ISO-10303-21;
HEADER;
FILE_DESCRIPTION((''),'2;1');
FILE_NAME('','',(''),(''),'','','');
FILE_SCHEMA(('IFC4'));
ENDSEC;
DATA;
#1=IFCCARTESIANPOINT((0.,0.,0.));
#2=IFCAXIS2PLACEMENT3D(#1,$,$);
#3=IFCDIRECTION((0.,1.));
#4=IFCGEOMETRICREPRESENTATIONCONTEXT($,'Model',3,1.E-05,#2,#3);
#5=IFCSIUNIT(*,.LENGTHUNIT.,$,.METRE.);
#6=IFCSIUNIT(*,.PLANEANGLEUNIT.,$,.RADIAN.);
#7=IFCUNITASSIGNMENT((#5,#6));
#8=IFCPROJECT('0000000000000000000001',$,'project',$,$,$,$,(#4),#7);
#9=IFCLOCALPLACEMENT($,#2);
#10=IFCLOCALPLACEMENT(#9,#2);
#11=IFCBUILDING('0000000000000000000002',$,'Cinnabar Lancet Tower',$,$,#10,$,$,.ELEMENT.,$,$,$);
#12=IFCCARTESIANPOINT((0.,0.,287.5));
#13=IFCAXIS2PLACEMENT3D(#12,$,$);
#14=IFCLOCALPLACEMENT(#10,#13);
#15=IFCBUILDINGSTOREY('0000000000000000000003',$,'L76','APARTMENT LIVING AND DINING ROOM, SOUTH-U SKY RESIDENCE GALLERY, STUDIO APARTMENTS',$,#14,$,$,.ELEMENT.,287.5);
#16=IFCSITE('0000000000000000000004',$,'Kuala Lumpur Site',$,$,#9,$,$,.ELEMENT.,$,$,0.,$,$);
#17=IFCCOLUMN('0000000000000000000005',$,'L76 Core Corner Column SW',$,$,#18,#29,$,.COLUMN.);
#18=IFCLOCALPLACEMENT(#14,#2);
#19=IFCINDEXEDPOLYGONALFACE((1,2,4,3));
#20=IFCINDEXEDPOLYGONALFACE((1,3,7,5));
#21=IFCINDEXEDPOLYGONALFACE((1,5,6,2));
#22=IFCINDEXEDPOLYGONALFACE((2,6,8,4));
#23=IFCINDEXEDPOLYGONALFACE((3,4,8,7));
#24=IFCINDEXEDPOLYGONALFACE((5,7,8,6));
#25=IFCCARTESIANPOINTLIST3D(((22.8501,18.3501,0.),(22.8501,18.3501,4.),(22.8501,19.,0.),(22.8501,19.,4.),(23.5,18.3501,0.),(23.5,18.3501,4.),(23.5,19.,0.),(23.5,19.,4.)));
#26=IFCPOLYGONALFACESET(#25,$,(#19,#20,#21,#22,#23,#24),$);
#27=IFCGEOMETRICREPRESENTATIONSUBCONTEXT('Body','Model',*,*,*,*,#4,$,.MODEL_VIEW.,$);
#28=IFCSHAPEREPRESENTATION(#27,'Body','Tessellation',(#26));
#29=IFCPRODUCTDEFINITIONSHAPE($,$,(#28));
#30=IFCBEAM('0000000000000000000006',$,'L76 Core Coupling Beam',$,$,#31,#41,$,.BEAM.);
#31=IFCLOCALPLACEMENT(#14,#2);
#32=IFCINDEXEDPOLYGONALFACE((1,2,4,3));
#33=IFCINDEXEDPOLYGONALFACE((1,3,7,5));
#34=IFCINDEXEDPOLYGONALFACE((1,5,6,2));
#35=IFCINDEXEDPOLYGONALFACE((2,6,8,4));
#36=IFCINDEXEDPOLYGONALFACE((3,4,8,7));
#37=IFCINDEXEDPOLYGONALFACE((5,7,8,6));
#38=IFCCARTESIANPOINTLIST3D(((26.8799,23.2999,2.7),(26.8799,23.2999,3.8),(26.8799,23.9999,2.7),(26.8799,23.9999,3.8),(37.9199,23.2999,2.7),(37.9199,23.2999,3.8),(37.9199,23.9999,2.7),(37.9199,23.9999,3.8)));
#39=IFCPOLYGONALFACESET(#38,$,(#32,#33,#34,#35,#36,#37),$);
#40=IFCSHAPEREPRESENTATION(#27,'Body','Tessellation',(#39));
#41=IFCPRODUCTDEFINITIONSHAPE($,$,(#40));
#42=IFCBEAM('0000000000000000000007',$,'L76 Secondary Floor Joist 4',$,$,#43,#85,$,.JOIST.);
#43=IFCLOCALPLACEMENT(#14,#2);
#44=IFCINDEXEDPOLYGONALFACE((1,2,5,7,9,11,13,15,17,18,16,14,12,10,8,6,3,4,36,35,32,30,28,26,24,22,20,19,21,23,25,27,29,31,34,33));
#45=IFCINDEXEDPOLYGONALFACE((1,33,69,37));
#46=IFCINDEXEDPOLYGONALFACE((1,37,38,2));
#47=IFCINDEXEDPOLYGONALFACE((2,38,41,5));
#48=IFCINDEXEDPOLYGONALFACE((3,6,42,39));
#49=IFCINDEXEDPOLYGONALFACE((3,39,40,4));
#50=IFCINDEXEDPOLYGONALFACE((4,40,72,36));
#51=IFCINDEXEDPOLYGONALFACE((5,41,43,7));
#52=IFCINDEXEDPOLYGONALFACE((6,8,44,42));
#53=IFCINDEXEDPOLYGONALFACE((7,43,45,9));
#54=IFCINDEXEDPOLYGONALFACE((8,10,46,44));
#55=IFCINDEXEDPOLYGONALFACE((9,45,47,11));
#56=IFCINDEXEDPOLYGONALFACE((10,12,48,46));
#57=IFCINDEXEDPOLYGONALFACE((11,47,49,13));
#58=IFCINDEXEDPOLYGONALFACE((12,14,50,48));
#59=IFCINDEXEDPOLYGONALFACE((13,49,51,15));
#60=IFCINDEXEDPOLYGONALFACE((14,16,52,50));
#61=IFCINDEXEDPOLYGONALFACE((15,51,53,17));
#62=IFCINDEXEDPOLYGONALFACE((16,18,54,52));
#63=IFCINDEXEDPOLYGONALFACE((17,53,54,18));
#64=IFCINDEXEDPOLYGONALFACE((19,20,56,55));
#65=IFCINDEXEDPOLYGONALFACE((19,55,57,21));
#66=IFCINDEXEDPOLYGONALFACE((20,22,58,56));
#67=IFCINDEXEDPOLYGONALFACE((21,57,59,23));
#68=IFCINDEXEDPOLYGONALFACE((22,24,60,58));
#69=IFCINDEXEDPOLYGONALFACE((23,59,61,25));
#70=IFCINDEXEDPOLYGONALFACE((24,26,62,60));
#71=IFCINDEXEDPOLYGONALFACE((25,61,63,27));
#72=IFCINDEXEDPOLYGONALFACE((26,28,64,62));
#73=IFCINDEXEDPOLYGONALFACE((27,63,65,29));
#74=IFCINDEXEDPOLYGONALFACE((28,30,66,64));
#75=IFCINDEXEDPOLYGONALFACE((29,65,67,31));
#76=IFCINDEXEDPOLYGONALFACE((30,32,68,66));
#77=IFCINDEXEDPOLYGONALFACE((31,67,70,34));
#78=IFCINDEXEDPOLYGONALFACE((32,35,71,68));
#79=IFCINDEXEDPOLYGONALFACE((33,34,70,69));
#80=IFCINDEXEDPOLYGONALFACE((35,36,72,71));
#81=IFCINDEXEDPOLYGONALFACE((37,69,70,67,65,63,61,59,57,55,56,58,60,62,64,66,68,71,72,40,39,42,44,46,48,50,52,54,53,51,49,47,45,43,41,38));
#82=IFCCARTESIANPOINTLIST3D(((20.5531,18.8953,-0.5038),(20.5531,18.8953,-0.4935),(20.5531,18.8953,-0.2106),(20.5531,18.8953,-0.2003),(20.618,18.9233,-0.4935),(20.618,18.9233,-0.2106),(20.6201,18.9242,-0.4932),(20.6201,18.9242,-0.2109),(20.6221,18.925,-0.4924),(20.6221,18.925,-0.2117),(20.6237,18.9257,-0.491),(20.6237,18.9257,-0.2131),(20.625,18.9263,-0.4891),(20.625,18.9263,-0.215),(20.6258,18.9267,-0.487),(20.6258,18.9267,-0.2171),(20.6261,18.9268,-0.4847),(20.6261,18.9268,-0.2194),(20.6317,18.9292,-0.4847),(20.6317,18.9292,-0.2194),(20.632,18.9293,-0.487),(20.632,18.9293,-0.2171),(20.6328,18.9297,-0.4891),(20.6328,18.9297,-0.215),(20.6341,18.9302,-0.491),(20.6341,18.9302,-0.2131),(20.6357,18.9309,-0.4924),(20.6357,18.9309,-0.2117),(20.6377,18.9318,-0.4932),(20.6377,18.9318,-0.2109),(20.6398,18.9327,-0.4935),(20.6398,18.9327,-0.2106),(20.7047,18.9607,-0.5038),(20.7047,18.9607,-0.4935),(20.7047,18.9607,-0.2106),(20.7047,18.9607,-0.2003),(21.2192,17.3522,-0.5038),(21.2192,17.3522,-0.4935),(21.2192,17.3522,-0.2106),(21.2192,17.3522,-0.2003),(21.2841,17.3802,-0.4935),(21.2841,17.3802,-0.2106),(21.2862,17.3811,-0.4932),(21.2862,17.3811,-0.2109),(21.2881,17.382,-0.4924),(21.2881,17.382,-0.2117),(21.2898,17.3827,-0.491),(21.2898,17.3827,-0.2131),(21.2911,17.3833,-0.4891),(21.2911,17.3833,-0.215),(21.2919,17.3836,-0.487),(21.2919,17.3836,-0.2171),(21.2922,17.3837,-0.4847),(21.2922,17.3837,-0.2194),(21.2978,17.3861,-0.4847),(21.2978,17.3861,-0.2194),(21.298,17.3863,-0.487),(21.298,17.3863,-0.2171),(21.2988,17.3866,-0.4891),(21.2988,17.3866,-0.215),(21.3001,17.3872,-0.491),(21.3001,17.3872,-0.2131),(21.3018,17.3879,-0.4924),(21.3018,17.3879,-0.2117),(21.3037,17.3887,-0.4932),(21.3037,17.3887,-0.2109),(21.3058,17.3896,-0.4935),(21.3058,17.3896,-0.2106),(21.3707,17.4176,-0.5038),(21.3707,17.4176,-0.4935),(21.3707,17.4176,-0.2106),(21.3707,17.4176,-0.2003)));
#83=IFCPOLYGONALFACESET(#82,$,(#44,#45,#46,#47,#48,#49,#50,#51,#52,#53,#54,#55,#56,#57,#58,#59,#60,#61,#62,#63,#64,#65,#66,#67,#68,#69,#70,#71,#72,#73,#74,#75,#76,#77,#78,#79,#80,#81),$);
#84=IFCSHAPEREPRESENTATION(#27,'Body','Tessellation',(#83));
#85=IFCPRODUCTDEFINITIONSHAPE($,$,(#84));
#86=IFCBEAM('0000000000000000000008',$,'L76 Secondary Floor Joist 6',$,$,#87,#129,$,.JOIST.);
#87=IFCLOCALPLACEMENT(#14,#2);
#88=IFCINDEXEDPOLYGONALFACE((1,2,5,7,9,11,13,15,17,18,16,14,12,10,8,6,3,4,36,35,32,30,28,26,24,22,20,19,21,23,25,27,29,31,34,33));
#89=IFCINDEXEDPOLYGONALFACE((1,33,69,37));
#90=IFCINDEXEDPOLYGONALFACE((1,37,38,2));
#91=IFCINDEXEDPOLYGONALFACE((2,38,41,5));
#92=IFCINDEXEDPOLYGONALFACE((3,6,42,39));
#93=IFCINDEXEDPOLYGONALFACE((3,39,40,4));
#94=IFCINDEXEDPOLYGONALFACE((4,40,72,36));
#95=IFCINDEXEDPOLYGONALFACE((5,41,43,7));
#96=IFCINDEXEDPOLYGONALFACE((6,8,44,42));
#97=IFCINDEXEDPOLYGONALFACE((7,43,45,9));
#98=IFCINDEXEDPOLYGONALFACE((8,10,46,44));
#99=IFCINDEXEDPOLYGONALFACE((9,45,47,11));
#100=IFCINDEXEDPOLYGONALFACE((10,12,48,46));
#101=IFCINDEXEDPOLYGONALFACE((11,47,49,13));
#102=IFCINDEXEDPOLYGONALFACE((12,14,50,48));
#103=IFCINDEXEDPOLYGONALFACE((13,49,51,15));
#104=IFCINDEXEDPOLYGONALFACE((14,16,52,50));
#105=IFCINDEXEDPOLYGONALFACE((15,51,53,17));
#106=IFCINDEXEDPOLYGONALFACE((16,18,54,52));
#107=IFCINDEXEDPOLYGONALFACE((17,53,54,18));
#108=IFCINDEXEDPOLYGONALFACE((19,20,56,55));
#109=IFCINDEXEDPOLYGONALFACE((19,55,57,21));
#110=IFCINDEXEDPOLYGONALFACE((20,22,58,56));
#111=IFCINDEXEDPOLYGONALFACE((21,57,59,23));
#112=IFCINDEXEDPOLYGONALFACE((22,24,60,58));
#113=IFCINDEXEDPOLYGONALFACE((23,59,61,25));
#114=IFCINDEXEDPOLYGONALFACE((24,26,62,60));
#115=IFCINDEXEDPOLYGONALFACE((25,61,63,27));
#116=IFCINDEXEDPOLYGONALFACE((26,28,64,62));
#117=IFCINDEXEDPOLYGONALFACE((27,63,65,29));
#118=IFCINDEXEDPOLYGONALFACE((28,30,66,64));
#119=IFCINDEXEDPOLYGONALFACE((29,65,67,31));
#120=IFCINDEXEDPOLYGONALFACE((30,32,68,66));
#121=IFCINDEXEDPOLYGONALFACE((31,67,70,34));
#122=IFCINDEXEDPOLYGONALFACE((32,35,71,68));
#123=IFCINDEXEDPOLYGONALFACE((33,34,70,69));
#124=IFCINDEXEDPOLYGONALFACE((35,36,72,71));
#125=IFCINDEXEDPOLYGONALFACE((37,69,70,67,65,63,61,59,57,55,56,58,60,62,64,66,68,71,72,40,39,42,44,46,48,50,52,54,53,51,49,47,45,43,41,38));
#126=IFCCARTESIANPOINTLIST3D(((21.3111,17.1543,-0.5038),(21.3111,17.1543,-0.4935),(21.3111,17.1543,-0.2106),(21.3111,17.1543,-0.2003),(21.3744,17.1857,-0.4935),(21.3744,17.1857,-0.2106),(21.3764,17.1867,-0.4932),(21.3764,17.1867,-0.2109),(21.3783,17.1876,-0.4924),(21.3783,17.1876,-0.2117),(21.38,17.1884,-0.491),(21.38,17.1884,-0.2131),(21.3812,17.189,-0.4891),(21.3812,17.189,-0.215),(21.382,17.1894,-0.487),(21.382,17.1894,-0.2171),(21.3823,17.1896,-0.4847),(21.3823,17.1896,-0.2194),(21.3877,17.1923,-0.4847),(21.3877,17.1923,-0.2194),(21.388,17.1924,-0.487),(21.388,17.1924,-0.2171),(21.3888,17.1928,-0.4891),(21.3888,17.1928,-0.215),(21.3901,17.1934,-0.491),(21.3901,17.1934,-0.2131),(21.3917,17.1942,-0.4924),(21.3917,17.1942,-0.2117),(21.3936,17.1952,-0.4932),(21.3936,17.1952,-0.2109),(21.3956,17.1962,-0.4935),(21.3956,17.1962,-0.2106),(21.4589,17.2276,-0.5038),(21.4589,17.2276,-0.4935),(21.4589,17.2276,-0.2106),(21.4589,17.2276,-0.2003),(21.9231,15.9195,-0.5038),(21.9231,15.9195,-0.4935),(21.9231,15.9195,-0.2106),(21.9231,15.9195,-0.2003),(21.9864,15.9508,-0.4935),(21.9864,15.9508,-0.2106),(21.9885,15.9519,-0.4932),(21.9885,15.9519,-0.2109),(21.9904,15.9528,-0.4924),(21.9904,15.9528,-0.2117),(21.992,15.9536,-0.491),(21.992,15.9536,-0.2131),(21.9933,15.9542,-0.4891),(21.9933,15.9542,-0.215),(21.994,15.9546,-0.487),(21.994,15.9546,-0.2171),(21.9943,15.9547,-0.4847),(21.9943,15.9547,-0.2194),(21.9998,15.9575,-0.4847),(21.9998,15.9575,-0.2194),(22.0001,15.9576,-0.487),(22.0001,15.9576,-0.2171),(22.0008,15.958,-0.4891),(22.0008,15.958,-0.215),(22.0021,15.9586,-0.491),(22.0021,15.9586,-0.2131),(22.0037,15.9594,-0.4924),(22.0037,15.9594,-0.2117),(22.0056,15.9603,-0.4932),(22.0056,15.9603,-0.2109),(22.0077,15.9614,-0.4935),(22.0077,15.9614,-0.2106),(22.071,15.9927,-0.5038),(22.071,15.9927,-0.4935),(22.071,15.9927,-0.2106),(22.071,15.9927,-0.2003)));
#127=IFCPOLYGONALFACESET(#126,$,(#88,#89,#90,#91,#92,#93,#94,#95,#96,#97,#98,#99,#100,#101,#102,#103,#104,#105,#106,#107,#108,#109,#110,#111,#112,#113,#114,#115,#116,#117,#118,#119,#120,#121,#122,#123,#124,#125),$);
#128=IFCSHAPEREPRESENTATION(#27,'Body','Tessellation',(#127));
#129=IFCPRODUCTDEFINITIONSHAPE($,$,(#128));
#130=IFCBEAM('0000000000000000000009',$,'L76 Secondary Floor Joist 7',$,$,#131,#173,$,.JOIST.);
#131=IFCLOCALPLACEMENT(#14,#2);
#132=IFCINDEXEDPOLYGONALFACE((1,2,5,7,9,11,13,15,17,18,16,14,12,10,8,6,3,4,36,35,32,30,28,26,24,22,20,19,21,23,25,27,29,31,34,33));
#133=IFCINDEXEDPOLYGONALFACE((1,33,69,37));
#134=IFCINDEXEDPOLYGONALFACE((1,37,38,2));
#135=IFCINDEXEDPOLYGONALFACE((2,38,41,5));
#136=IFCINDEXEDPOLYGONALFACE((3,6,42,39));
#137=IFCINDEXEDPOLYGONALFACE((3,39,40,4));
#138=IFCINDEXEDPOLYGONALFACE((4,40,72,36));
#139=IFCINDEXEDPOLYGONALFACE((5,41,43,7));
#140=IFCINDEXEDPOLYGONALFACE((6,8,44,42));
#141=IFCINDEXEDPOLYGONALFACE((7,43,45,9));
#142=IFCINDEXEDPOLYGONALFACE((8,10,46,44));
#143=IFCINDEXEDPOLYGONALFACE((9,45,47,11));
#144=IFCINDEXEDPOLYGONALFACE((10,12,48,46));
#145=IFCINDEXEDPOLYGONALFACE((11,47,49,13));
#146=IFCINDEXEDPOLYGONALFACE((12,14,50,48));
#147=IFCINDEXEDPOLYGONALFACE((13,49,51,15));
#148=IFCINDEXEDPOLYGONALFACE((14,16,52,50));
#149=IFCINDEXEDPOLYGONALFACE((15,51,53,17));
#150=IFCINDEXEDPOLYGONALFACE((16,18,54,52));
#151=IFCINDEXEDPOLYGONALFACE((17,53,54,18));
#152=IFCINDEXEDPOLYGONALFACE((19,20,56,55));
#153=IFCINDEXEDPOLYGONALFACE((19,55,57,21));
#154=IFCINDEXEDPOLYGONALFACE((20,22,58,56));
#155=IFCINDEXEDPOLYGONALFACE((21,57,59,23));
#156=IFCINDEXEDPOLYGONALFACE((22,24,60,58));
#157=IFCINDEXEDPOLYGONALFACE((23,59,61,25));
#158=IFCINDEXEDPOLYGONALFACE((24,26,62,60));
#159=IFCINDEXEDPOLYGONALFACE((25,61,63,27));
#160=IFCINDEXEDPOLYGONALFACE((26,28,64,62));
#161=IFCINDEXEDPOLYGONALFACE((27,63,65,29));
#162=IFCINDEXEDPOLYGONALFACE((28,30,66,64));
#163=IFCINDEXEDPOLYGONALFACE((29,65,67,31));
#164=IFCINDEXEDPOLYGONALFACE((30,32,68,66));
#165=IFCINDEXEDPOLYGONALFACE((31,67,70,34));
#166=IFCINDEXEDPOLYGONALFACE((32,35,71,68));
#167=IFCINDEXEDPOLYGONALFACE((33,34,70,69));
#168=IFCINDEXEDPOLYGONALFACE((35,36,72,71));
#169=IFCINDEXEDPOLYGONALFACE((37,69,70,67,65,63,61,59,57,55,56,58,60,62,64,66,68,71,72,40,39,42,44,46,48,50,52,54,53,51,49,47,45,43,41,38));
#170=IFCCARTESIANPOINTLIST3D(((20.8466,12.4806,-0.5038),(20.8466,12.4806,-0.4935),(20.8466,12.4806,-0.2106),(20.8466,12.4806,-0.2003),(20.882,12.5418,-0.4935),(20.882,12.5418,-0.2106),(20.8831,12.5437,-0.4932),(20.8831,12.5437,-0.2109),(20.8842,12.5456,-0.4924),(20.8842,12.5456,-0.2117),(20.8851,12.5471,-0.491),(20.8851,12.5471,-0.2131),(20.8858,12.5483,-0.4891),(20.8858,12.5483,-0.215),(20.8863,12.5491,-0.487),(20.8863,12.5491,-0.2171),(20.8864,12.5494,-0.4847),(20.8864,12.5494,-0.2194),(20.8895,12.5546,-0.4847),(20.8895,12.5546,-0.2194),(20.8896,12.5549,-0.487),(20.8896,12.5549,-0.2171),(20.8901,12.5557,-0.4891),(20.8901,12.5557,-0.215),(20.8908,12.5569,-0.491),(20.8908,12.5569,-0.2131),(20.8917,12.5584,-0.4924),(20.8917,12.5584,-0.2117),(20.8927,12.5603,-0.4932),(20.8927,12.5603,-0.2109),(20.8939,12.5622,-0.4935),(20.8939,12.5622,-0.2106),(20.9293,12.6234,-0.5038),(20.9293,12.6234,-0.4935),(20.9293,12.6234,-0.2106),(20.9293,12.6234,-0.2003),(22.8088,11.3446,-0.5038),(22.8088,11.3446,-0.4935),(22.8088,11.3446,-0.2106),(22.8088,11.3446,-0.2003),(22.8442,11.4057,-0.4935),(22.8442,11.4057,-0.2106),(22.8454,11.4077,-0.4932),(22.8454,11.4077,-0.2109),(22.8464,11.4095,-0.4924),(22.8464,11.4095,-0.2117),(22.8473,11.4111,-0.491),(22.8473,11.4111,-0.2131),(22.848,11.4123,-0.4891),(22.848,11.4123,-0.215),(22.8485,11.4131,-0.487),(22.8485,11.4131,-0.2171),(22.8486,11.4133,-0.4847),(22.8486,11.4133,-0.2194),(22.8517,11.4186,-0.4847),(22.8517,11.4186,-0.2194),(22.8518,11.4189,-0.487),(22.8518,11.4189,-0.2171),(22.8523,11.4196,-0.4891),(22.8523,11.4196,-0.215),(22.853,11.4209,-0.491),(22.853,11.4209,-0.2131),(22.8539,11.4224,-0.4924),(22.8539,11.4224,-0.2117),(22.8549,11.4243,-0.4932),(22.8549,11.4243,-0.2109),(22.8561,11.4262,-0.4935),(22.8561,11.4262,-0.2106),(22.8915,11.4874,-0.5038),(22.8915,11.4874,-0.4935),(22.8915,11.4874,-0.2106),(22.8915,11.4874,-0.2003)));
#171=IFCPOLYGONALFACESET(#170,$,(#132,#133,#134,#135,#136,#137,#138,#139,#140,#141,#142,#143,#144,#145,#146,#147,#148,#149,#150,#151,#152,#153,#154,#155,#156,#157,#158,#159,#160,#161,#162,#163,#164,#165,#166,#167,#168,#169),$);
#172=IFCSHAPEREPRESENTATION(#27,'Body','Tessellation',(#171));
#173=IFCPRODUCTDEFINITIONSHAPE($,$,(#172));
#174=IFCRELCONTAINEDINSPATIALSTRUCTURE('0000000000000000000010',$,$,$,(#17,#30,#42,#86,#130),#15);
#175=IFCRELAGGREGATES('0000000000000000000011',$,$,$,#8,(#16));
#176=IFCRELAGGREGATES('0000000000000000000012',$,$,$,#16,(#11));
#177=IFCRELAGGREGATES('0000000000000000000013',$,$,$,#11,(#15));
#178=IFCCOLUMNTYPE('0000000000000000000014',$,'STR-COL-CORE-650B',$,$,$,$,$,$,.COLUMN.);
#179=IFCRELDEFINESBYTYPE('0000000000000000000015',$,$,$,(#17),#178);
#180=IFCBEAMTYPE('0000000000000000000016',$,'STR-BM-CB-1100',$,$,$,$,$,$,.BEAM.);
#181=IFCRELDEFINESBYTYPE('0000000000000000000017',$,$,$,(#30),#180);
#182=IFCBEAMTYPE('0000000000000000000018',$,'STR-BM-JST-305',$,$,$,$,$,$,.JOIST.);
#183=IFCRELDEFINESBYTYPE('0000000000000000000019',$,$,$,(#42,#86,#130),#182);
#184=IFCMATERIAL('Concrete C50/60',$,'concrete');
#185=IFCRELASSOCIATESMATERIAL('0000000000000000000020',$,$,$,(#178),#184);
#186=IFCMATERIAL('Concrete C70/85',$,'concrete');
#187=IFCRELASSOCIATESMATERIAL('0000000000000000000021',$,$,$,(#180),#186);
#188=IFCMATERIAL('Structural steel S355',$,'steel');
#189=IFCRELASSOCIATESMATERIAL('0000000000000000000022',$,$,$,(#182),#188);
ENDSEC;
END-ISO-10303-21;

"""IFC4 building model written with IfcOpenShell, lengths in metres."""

from ifc_helpers import new_model, si_unit, direction, frame, origin, origin_2d, place, context, subcontext, project, spatial, rectangle, i_section, extrude, material, material_profile, profile_set, type_object, element, save


model = new_model("IFC4")

# Units and contexts
model_context = context("Model", 3, precision=1e-05, world=origin(), true_north=direction((0.0, 1.0)))
body_context = subcontext(model_context, "Body", "Model", "MODEL_VIEW")
ifc_project = project(units=[si_unit("LENGTHUNIT", "METRE"), si_unit("PLANEANGLEUNIT", "RADIAN")], contexts=[model_context])

# Site, building, storey
site_placement = place(None, origin())
site = spatial("IfcSite", under=ifc_project, at=site_placement, Name="Kuala Lumpur Site", CompositionType="ELEMENT", RefElevation=0.0)
building_placement = place(site_placement, origin())
building = spatial("IfcBuilding", under=site, at=building_placement, Name="Cinnabar Lancet Tower", CompositionType="ELEMENT")
storey_placement = place(building_placement, frame((0.0, 0.0, 287.5)))
storey = spatial("IfcBuildingStorey", under=building, at=storey_placement, Name="L76", Description="APARTMENT LIVING AND DINING ROOM, SOUTH-U SKY RESIDENCE GALLERY, STUDIO APARTMENTS", CompositionType="ELEMENT", Elevation=287.5)

# Column
ifc_material_1 = material(Name="Concrete C50/60", Category="concrete")
ifc_material_profile_1 = material_profile(ifc_material_1, rectangle(XDim=0.6499, YDim=0.6499, at=origin_2d()), Name="RC-COL 650x650")
ifc_profile_set_1 = profile_set([ifc_material_profile_1], Name="Concrete C50/60")
column_type = type_object("IfcColumnType", Name="STR-COL-CORE-650B", PredefinedType="COLUMN", material=ifc_profile_set_1)
column_placement = place(storey_placement, frame((23.175, 18.675, 0.0), z_axis=(0.0, 0.0, 1.0), x_axis=(1.0, 0.0, 0.0)))
element("IfcColumn", 1, at=column_placement, inside=storey, type_object=column_type, Name="L76 Core Corner Column SW", PredefinedType="COLUMN", context=body_context, shape_type="SweptSolid", body=[
    extrude(rectangle(XDim=0.6499, YDim=0.6499, at=origin_2d()), origin(), (0.0, 0.0, 1.0), 4.0),
])

# Beams
ifc_material_2 = material(Name="Concrete C70/85", Category="concrete")
ifc_material_profile_2 = material_profile(ifc_material_2, rectangle(XDim=0.7, YDim=1.1001, at=origin_2d()), Name="RC-CB 700x1100")
ifc_profile_set_2 = profile_set([ifc_material_profile_2], Name="Concrete C70/85")
beam_type_1 = type_object("IfcBeamType", Name="STR-BM-CB-1100", PredefinedType="BEAM", material=ifc_profile_set_2)
beam_1_placement = place(storey_placement, frame((26.8799, 23.6499, 3.25), z_axis=(1.0, 0.0, 0.0), x_axis=(0.0, 1.0, 0.0)))
element("IfcBeam", 2, at=beam_1_placement, inside=storey, type_object=beam_type_1, Name="L76 Core Coupling Beam", PredefinedType="BEAM", context=body_context, shape_type="SweptSolid", body=[
    extrude(rectangle(XDim=0.7, YDim=1.1001, at=origin_2d()), origin(), (0.0, 0.0, 1.0), 11.04),
])
ifc_material_3 = material(Name="Structural steel S355", Category="steel")
ifc_material_profile_3 = material_profile(ifc_material_3, i_section(OverallWidth=0.165, OverallDepth=0.3035, WebThickness=0.0061, FlangeThickness=0.0103, FilletRadius=0.0088, at=origin_2d()), Name="UKB 305x165x40")
ifc_profile_set_3 = profile_set([ifc_material_profile_3], Name="Structural steel S355")
beam_type_2 = type_object("IfcBeamType", Name="STR-BM-JST-305", PredefinedType="JOIST", material=ifc_profile_set_3)
beam_2_placement = place(storey_placement, frame((20.6289, 18.928, -0.3521), z_axis=(0.396302, -0.91812, 0.0), x_axis=(0.91812, 0.396302, 0.0)))
element("IfcBeam", 3, at=beam_2_placement, inside=storey, type_object=beam_type_2, Name="L76 Secondary Floor Joist 4", PredefinedType="JOIST", context=body_context, shape_type="SweptSolid", body=[
    extrude(i_section(OverallWidth=0.165, OverallDepth=0.3035, WebThickness=0.0061, FlangeThickness=0.0103, FilletRadius=0.0088, at=origin_2d()), origin(), (0.0, 0.0, 1.0), 1.6807),
])
beam_3_placement = place(storey_placement, frame((21.385, 17.1909, -0.3521), z_axis=(0.444093, -0.895981, 0.0), x_axis=(0.895981, 0.444093, 0.0)))
element("IfcBeam", 4, at=beam_3_placement, inside=storey, type_object=beam_type_2, Name="L76 Secondary Floor Joist 6", PredefinedType="JOIST", context=body_context, shape_type="SweptSolid", body=[
    extrude(i_section(OverallWidth=0.165, OverallDepth=0.3035, WebThickness=0.0061, FlangeThickness=0.0103, FilletRadius=0.0088, at=origin_2d()), origin(), (0.0, 0.0, 1.0), 1.3782),
])
beam_4_placement = place(storey_placement, frame((20.8879, 12.552, -0.3521), z_axis=(0.865426, -0.501036, 0.0), x_axis=(0.501036, 0.865426, 0.0)))
element("IfcBeam", 5, at=beam_4_placement, inside=storey, type_object=beam_type_2, Name="L76 Secondary Floor Joist 7", PredefinedType="JOIST", context=body_context, shape_type="SweptSolid", body=[
    extrude(i_section(OverallWidth=0.165, OverallDepth=0.3035, WebThickness=0.0061, FlangeThickness=0.0103, FilletRadius=0.0088, at=origin_2d()), origin(), (0.0, 0.0, 1.0), 2.2673),
])

save(model, "model.ifc")
